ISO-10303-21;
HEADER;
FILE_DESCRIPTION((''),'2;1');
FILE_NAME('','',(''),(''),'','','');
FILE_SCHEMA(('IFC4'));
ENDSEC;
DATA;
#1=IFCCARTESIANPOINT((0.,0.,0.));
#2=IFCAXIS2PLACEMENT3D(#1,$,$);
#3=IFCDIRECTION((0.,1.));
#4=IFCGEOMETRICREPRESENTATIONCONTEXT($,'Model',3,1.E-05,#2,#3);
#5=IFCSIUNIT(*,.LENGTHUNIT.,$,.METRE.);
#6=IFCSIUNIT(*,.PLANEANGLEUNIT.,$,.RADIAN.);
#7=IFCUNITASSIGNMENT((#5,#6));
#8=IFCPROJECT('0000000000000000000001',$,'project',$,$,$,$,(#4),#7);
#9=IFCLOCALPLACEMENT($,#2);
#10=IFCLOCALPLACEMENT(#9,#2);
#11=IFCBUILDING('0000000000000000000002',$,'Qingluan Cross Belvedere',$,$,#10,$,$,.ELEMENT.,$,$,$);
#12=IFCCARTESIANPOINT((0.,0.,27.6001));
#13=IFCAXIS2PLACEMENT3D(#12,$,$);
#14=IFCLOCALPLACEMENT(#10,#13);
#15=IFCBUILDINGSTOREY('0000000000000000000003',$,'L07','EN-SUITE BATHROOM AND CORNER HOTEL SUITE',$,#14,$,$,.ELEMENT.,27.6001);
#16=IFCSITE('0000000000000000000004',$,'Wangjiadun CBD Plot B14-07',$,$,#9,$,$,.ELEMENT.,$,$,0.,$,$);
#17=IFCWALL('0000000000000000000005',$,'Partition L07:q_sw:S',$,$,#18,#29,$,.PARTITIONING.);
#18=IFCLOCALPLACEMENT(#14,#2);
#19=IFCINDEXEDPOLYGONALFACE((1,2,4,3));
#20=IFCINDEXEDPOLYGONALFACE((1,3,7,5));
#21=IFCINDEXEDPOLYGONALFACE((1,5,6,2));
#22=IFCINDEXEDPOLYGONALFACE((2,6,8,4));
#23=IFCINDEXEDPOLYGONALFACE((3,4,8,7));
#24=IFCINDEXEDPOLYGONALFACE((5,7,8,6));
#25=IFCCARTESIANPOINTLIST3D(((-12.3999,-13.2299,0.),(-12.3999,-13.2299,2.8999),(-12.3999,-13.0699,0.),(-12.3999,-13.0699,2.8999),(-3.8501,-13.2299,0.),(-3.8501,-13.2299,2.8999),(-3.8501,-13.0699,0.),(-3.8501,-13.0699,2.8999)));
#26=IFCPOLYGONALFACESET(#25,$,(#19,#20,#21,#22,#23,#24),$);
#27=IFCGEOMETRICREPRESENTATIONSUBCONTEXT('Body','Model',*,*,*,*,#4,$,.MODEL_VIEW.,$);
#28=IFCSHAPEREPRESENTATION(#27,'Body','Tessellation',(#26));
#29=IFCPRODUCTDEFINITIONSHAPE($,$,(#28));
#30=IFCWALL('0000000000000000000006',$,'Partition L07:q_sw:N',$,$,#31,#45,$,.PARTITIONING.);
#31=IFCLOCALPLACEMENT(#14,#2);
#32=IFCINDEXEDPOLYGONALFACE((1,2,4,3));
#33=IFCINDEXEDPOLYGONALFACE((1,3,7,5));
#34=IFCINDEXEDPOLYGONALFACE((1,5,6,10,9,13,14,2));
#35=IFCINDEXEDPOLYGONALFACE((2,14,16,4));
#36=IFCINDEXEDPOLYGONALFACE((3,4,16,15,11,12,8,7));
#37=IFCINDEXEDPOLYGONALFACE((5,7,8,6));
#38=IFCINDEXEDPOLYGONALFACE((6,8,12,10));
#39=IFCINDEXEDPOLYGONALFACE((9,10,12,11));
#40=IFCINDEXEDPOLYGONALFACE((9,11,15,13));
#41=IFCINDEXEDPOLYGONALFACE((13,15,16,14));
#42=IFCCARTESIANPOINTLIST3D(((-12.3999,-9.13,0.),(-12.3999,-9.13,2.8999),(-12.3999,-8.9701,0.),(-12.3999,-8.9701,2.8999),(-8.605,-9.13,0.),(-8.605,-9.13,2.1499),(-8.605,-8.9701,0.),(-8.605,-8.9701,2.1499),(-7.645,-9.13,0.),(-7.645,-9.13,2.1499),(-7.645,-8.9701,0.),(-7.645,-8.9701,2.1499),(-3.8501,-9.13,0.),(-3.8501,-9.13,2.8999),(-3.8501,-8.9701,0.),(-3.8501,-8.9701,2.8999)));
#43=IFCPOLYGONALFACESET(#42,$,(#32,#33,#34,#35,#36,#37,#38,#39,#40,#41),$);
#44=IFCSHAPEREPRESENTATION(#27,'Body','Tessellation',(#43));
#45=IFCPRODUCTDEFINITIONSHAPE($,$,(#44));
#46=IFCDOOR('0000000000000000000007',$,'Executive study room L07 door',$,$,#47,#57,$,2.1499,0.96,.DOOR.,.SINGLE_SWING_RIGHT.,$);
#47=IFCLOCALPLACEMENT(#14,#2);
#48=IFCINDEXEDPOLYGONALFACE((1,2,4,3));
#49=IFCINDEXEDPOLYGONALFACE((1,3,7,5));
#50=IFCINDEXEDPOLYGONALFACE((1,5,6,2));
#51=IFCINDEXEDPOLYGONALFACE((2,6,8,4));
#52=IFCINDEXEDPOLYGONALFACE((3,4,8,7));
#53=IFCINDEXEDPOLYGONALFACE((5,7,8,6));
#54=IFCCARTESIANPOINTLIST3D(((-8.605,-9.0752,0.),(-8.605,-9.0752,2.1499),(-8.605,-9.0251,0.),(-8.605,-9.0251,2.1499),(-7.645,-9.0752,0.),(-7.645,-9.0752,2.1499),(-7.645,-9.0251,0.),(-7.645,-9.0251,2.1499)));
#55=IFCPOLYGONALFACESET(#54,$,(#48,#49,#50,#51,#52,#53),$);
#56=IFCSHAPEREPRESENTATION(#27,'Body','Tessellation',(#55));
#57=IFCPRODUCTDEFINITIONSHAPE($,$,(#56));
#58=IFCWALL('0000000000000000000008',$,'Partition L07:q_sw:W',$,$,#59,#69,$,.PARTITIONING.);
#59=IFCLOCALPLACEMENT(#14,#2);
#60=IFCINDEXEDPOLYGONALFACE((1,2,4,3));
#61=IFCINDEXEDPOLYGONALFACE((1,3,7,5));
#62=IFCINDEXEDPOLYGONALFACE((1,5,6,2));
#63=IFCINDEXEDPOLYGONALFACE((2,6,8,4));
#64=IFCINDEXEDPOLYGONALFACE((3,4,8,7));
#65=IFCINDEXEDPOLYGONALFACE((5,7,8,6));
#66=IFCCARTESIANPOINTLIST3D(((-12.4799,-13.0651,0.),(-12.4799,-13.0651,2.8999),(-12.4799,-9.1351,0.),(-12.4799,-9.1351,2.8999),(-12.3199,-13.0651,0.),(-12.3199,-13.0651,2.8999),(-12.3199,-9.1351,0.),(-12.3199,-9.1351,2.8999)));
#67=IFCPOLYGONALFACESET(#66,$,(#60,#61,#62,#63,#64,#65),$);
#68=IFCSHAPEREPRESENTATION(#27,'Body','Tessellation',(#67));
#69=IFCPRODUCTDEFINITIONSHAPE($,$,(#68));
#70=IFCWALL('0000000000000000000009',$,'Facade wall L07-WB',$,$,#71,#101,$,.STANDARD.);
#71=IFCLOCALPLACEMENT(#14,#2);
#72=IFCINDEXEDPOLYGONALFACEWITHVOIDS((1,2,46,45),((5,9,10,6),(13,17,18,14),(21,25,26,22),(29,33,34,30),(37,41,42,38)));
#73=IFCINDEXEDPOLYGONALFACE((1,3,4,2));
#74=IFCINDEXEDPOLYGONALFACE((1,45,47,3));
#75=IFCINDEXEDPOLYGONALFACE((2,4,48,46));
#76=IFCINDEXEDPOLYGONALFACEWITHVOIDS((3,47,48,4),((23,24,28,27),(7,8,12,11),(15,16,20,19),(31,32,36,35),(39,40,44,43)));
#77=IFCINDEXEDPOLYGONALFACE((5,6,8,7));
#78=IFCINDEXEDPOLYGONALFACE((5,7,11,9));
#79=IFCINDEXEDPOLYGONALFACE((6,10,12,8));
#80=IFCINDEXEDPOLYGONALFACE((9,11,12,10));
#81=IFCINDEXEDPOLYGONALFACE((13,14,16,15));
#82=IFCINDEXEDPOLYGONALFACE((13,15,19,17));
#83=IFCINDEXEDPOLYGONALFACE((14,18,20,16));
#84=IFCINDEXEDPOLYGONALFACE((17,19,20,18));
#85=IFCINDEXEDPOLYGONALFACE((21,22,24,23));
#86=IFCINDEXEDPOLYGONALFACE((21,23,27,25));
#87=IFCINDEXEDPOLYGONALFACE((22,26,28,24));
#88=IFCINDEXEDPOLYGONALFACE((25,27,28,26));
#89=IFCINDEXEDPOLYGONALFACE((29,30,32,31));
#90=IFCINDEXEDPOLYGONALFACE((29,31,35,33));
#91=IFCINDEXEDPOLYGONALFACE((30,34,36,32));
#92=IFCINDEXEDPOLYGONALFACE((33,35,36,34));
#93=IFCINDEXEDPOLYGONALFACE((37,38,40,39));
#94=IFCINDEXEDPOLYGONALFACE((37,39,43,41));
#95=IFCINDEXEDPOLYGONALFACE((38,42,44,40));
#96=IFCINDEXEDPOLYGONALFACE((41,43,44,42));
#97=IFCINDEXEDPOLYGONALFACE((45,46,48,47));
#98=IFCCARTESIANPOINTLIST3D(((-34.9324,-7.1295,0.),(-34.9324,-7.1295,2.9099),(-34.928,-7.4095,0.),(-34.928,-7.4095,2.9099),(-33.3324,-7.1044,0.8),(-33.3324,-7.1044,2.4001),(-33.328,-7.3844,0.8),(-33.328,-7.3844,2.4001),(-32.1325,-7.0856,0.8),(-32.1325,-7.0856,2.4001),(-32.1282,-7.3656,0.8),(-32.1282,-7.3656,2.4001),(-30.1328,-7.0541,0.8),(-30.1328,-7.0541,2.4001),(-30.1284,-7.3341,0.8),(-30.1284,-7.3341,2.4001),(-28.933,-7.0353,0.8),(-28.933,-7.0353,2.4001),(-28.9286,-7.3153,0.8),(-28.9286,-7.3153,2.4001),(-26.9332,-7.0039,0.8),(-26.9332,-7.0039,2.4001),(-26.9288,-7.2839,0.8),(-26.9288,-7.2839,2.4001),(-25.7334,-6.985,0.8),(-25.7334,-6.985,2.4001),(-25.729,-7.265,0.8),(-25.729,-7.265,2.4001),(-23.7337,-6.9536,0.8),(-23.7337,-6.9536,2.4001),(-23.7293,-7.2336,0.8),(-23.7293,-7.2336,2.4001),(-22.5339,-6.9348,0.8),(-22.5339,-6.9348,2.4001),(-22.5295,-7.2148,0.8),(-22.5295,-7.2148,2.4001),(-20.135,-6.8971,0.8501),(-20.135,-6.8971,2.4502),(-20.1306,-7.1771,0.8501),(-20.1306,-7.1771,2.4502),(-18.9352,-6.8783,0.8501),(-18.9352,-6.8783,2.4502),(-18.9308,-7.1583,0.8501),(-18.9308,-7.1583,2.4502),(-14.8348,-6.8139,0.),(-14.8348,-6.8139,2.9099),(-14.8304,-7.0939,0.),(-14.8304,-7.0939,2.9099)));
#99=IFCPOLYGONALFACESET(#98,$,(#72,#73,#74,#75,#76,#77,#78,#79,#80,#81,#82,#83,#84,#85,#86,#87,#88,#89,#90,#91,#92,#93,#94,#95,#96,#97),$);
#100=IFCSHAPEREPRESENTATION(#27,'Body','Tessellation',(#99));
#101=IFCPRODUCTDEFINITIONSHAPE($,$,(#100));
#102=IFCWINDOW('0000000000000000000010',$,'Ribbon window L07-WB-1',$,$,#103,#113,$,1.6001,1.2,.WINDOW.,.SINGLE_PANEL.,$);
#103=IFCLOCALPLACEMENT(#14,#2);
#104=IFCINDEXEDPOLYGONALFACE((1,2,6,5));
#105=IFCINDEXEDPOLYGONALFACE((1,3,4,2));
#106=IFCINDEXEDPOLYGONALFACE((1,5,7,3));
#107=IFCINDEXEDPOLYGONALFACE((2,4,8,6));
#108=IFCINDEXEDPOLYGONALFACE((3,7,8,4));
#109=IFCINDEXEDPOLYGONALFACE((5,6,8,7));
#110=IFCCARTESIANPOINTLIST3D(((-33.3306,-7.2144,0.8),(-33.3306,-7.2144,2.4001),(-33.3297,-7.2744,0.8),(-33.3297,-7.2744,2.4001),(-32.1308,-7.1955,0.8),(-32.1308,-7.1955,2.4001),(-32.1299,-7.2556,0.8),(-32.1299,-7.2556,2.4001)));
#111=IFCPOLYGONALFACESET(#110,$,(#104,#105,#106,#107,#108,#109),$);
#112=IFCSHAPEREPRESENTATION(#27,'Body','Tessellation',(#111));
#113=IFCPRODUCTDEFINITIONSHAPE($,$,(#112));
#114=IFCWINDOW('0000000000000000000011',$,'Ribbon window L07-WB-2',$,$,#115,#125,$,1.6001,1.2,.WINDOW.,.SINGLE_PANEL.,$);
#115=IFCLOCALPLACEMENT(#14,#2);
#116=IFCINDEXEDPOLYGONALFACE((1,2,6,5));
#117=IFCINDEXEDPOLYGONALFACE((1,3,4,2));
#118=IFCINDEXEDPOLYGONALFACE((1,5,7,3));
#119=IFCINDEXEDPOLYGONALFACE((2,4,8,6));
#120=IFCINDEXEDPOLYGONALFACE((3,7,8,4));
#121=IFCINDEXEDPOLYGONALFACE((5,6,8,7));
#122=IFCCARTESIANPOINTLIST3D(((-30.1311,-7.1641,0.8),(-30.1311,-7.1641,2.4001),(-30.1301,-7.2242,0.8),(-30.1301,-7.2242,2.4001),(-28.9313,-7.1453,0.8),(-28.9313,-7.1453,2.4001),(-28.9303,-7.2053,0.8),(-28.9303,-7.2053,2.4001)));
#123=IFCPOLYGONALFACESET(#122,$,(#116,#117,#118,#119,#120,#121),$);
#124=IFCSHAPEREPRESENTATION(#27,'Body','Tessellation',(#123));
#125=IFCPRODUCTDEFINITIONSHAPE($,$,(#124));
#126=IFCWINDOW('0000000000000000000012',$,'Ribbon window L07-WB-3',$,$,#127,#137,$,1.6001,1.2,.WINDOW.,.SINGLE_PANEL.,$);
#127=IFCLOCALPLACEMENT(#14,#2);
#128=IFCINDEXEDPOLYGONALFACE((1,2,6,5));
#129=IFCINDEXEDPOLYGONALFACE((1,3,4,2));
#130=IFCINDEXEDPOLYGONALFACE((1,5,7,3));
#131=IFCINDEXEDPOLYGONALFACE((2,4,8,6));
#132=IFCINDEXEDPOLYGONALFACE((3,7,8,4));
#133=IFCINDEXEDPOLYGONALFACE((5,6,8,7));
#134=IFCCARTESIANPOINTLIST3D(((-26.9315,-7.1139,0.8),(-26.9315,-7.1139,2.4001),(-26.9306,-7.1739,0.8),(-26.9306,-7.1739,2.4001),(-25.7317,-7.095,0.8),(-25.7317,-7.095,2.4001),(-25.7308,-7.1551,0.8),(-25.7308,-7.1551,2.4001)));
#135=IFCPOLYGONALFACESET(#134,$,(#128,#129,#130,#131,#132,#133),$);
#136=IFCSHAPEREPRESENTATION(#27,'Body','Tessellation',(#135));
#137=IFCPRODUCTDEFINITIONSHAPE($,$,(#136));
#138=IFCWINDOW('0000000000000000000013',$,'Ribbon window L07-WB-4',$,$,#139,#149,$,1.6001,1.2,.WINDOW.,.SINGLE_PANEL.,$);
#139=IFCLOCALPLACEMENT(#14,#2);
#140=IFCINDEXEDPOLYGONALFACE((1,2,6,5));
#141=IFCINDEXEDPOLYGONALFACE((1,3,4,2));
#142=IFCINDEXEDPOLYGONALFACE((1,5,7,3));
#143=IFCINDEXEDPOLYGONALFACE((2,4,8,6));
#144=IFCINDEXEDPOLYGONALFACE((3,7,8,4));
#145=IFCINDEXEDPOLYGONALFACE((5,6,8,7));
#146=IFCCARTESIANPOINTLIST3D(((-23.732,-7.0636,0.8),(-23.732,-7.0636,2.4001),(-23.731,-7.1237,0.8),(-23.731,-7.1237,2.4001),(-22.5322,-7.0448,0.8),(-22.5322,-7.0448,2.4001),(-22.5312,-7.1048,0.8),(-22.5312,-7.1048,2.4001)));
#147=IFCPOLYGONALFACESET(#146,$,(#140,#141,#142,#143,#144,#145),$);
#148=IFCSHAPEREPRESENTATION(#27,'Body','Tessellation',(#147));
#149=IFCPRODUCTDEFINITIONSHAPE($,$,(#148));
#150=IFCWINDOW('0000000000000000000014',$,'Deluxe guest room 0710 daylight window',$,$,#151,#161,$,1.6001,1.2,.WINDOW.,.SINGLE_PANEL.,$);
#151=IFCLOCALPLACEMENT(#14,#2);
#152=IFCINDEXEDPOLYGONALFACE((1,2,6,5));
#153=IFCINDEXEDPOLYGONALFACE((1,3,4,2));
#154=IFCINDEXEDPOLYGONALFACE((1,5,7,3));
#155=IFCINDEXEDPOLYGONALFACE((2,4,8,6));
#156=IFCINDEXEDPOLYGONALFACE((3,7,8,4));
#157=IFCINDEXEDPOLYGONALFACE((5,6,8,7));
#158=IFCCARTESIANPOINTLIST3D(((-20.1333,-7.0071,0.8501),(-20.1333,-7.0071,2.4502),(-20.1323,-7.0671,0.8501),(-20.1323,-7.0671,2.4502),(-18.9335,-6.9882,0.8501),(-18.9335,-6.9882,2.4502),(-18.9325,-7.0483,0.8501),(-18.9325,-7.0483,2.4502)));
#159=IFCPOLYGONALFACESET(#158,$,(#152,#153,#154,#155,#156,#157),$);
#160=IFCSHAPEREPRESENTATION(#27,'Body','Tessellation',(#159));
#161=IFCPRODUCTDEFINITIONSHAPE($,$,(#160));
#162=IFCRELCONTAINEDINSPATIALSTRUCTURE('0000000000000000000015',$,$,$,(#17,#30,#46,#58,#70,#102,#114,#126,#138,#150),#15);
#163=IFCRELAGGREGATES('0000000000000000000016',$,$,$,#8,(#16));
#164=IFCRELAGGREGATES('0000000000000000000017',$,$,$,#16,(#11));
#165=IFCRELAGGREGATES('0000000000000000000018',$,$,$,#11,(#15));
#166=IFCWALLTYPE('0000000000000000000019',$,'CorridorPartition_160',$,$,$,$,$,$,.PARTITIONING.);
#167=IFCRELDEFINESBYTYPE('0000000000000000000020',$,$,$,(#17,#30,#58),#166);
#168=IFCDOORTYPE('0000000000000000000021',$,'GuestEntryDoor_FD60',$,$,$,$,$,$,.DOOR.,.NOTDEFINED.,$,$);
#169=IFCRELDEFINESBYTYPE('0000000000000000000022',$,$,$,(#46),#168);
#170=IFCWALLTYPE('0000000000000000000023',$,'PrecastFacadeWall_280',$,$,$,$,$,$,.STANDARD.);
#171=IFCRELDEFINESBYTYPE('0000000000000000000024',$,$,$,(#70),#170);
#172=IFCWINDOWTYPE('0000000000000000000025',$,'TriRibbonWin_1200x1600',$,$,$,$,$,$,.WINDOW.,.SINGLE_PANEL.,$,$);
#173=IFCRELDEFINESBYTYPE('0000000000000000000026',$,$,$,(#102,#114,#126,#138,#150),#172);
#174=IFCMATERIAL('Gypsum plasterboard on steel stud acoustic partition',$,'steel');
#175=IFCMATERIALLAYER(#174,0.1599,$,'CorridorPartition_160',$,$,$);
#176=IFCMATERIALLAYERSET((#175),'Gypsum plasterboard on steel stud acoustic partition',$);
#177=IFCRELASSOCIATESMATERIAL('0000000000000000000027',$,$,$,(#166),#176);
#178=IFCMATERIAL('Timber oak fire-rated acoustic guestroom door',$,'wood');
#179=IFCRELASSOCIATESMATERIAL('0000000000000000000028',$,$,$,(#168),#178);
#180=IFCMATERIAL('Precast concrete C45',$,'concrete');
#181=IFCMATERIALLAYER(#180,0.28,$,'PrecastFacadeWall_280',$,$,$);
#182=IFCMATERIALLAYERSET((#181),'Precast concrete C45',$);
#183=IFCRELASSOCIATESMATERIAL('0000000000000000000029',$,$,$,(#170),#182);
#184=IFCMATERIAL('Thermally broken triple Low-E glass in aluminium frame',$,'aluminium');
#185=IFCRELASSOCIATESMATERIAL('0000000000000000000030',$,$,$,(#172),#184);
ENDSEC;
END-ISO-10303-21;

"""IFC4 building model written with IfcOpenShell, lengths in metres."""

from ifc_helpers import new_model, si_unit, direction, frame, frame_2d, origin, place, context, subcontext, project, spatial, rectangle, extrude, material, layer, layer_set, type_object, element, fill, save


model = new_model("IFC4")

# Units and contexts
model_context = context("Model", 3, precision=1e-05, world=origin(), true_north=direction((0.0, 1.0)))
body_context = subcontext(model_context, "Body", "Model", "MODEL_VIEW")
ifc_project = project(units=[si_unit("LENGTHUNIT", "METRE"), si_unit("PLANEANGLEUNIT", "RADIAN")], contexts=[model_context])

# Site, building, storey
site_placement = place(None, origin())
site = spatial("IfcSite", under=ifc_project, at=site_placement, Name="Wangjiadun CBD Plot B14-07", CompositionType="ELEMENT", RefElevation=0.0)
building_placement = place(site_placement, origin())
building = spatial("IfcBuilding", under=site, at=building_placement, Name="Qingluan Cross Belvedere", CompositionType="ELEMENT")
storey_placement = place(building_placement, frame((0.0, 0.0, 27.6001)))
storey = spatial("IfcBuildingStorey", under=building, at=storey_placement, Name="L07", Description="EN-SUITE BATHROOM AND CORNER HOTEL SUITE", CompositionType="ELEMENT", Elevation=27.6001)

# Wall
ifc_material_1 = material(Name="Gypsum plasterboard on steel stud acoustic partition", Category="steel")
ifc_layer_1 = layer(ifc_material_1, 0.1599, Name="CorridorPartition_160")
ifc_layer_set_1 = layer_set([ifc_layer_1], Name="Gypsum plasterboard on steel stud acoustic partition")
wall_type_1 = type_object("IfcWallType", Name="CorridorPartition_160", PredefinedType="PARTITIONING", material=ifc_layer_set_1)
wall_1_placement = place(storey_placement, frame((-12.3999, -13.1499, 0.0), z_axis=(0.0, 0.0, 1.0), x_axis=(1.0, 0.0, 0.0)))
element("IfcWall", 1, at=wall_1_placement, inside=storey, type_object=wall_type_1, Name="Partition L07:q_sw:S", PredefinedType="PARTITIONING", context=body_context, shape_type="SweptSolid", body=[
    extrude(rectangle(XDim=8.5498, YDim=0.1599, at=frame_2d((4.2749, 0.0))), origin(), (0.0, 0.0, 1.0), 2.8999),
])

# Wall, opening, door
wall_2_placement = place(storey_placement, frame((-12.3999, -9.05, 0.0), z_axis=(0.0, 0.0, 1.0), x_axis=(1.0, 0.0, 0.0)))
wall_2 = element("IfcWall", 2, at=wall_2_placement, inside=storey, type_object=wall_type_1, Name="Partition L07:q_sw:N", PredefinedType="PARTITIONING", context=body_context, shape_type="SweptSolid", body=[
    extrude(rectangle(XDim=8.5498, YDim=0.1599, at=frame_2d((4.2749, 0.0))), origin(), (0.0, 0.0, 1.0), 2.8999),
])
opening_1_placement = place(wall_2_placement, frame((3.7949, 0.0, 0.0)))
opening_1 = element("IfcOpeningElement", 3, at=opening_1_placement, cuts=wall_2, PredefinedType="OPENING", context=body_context, shape_type="SweptSolid", body=[
    extrude(rectangle(XDim=0.96, YDim=2.1499, at=frame_2d((0.48, 1.075))), frame((0.0, 0.0898, 0.0), z_axis=(0.0, -1.0, 0.0), x_axis=(1.0, 0.0, 0.0)), (0.0, 0.0, 1.0), 0.1799),
])
ifc_material_2 = material(Name="Timber oak fire-rated acoustic guestroom door", Category="wood")
door_type = type_object("IfcDoorType", Name="GuestEntryDoor_FD60", OperationType="NOTDEFINED", PredefinedType="DOOR", material=ifc_material_2)
door_placement = place(opening_1_placement, origin())
door = element("IfcDoor", 4, at=door_placement, inside=storey, type_object=door_type, Name="Executive study room L07 door", OperationType="SINGLE_SWING_RIGHT", OverallHeight=2.1499, OverallWidth=0.96, PredefinedType="DOOR", context=body_context, shape_type="SweptSolid", body=[
    extrude(rectangle(XDim=0.96, YDim=2.1499, at=frame_2d((0.48, 1.075))), frame((0.0, 0.0249, 0.0), z_axis=(0.0, -1.0, 0.0), x_axis=(1.0, 0.0, 0.0)), (0.0, 0.0, 1.0), 0.05),
])
fill(opening_1, door)

# Wall
wall_3_placement = place(storey_placement, frame((-12.3999, -13.0649, 0.0), z_axis=(0.0, 0.0, 1.0), x_axis=(0.0, 1.0, 0.0)))
element("IfcWall", 5, at=wall_3_placement, inside=storey, type_object=wall_type_1, Name="Partition L07:q_sw:W", PredefinedType="PARTITIONING", context=body_context, shape_type="SweptSolid", body=[
    extrude(rectangle(XDim=3.9299, YDim=0.1599, at=frame_2d((1.9648, 0.0))), origin(), (0.0, 0.0, 1.0), 2.8999),
])

# Wall, openings, windows
ifc_material_3 = material(Name="Precast concrete C45", Category="concrete")
ifc_layer_2 = layer(ifc_material_3, 0.28, Name="PrecastFacadeWall_280")
ifc_layer_set_2 = layer_set([ifc_layer_2], Name="Precast concrete C45")
wall_type_2 = type_object("IfcWallType", Name="PrecastFacadeWall_280", PredefinedType="STANDARD", material=ifc_layer_set_2)
wall_4_placement = place(storey_placement, frame((-34.9302, -7.2695, 0.0), z_axis=(0.0, 0.0, 1.0), x_axis=(0.999877, 0.015705, 0.0)))
wall_4 = element("IfcWall", 6, at=wall_4_placement, inside=storey, type_object=wall_type_2, Name="Facade wall L07-WB", PredefinedType="STANDARD", context=body_context, shape_type="SweptSolid", body=[
    extrude(rectangle(XDim=20.1001, YDim=0.28, at=frame_2d((10.05, 0.0))), origin(), (0.0, 0.0, 1.0), 2.9099),
])
opening_2_placement = place(wall_4_placement, frame((1.6001, 0.0, 0.8)))
opening_2 = element("IfcOpeningElement", 7, at=opening_2_placement, cuts=wall_4, PredefinedType="OPENING", context=body_context, shape_type="SweptSolid", body=[
    extrude(rectangle(XDim=1.2, YDim=1.6001, at=frame_2d((0.6001, 0.8))), frame((0.0, 0.1499, 0.0), z_axis=(0.0, -1.0, 0.0), x_axis=(1.0, 0.0, 0.0)), (0.0, 0.0, 1.0), 0.3),
])
opening_3_placement = place(wall_4_placement, frame((4.8, 0.0, 0.8)))
opening_3 = element("IfcOpeningElement", 8, at=opening_3_placement, cuts=wall_4, PredefinedType="OPENING", context=body_context, shape_type="SweptSolid", body=[
    extrude(rectangle(XDim=1.2, YDim=1.6001, at=frame_2d((0.6001, 0.8))), frame((0.0, 0.1499, 0.0), z_axis=(0.0, -1.0, 0.0), x_axis=(1.0, 0.0, 0.0)), (0.0, 0.0, 1.0), 0.3),
])
opening_4_placement = place(wall_4_placement, frame((8.0, 0.0, 0.8)))
opening_4 = element("IfcOpeningElement", 9, at=opening_4_placement, cuts=wall_4, PredefinedType="OPENING", context=body_context, shape_type="SweptSolid", body=[
    extrude(rectangle(XDim=1.2, YDim=1.6001, at=frame_2d((0.6001, 0.8))), frame((0.0, 0.1499, 0.0), z_axis=(0.0, -1.0, 0.0), x_axis=(1.0, 0.0, 0.0)), (0.0, 0.0, 1.0), 0.3),
])
opening_5_placement = place(wall_4_placement, frame((11.2, 0.0, 0.8)))
opening_5 = element("IfcOpeningElement", 10, at=opening_5_placement, cuts=wall_4, PredefinedType="OPENING", context=body_context, shape_type="SweptSolid", body=[
    extrude(rectangle(XDim=1.2, YDim=1.6001, at=frame_2d((0.6001, 0.8))), frame((0.0, 0.1499, 0.0), z_axis=(0.0, -1.0, 0.0), x_axis=(1.0, 0.0, 0.0)), (0.0, 0.0, 1.0), 0.3),
])
opening_6_placement = place(wall_4_placement, frame((14.7991, 0.0, 0.8501)))
opening_6 = element("IfcOpeningElement", 11, at=opening_6_placement, cuts=wall_4, PredefinedType="OPENING", context=body_context, shape_type="SweptSolid", body=[
    extrude(rectangle(XDim=1.2, YDim=1.6001, at=frame_2d((0.6001, 0.8))), frame((0.0, 0.1499, 0.0), z_axis=(0.0, -1.0, 0.0), x_axis=(1.0, 0.0, 0.0)), (0.0, 0.0, 1.0), 0.3),
])
ifc_material_4 = material(Name="Thermally broken triple Low-E glass in aluminium frame", Category="aluminium")
window_type = type_object("IfcWindowType", Name="TriRibbonWin_1200x1600", PartitioningType="SINGLE_PANEL", PredefinedType="WINDOW", material=ifc_material_4)
window_1_placement = place(opening_2_placement, origin())
window_1 = element("IfcWindow", 12, at=window_1_placement, inside=storey, type_object=window_type, Name="Ribbon window L07-WB-1", OverallHeight=1.6001, OverallWidth=1.2, PartitioningType="SINGLE_PANEL", PredefinedType="WINDOW", context=body_context, shape_type="SweptSolid", body=[
    extrude(rectangle(XDim=1.2, YDim=1.6001, at=frame_2d((0.6001, 0.8))), frame((0.0, 0.03, 0.0), z_axis=(0.0, -1.0, 0.0), x_axis=(1.0, 0.0, 0.0)), (0.0, 0.0, 1.0), 0.0601),
])
fill(opening_2, window_1)
window_2_placement = place(opening_3_placement, origin())
window_2 = element("IfcWindow", 13, at=window_2_placement, inside=storey, type_object=window_type, Name="Ribbon window L07-WB-2", OverallHeight=1.6001, OverallWidth=1.2, PartitioningType="SINGLE_PANEL", PredefinedType="WINDOW", context=body_context, shape_type="SweptSolid", body=[
    extrude(rectangle(XDim=1.2, YDim=1.6001, at=frame_2d((0.6001, 0.8))), frame((0.0, 0.03, 0.0), z_axis=(0.0, -1.0, 0.0), x_axis=(1.0, 0.0, 0.0)), (0.0, 0.0, 1.0), 0.0601),
])
fill(opening_3, window_2)
window_3_placement = place(opening_4_placement, origin())
window_3 = element("IfcWindow", 14, at=window_3_placement, inside=storey, type_object=window_type, Name="Ribbon window L07-WB-3", OverallHeight=1.6001, OverallWidth=1.2, PartitioningType="SINGLE_PANEL", PredefinedType="WINDOW", context=body_context, shape_type="SweptSolid", body=[
    extrude(rectangle(XDim=1.2, YDim=1.6001, at=frame_2d((0.6001, 0.8))), frame((0.0, 0.03, 0.0), z_axis=(0.0, -1.0, 0.0), x_axis=(1.0, 0.0, 0.0)), (0.0, 0.0, 1.0), 0.0601),
])
fill(opening_4, window_3)
window_4_placement = place(opening_5_placement, origin())
window_4 = element("IfcWindow", 15, at=window_4_placement, inside=storey, type_object=window_type, Name="Ribbon window L07-WB-4", OverallHeight=1.6001, OverallWidth=1.2, PartitioningType="SINGLE_PANEL", PredefinedType="WINDOW", context=body_context, shape_type="SweptSolid", body=[
    extrude(rectangle(XDim=1.2, YDim=1.6001, at=frame_2d((0.6001, 0.8))), frame((0.0, 0.03, 0.0), z_axis=(0.0, -1.0, 0.0), x_axis=(1.0, 0.0, 0.0)), (0.0, 0.0, 1.0), 0.0601),
])
fill(opening_5, window_4)
window_5_placement = place(opening_6_placement, origin())
window_5 = element("IfcWindow", 16, at=window_5_placement, inside=storey, type_object=window_type, Name="Deluxe guest room 0710 daylight window", OverallHeight=1.6001, OverallWidth=1.2, PartitioningType="SINGLE_PANEL", PredefinedType="WINDOW", context=body_context, shape_type="SweptSolid", body=[
    extrude(rectangle(XDim=1.2, YDim=1.6001, at=frame_2d((0.6001, 0.8))), frame((0.0, 0.03, 0.0), z_axis=(0.0, -1.0, 0.0), x_axis=(1.0, 0.0, 0.0)), (0.0, 0.0, 1.0), 0.0601),
])
fill(opening_6, window_5)

save(model, "model.ifc")
